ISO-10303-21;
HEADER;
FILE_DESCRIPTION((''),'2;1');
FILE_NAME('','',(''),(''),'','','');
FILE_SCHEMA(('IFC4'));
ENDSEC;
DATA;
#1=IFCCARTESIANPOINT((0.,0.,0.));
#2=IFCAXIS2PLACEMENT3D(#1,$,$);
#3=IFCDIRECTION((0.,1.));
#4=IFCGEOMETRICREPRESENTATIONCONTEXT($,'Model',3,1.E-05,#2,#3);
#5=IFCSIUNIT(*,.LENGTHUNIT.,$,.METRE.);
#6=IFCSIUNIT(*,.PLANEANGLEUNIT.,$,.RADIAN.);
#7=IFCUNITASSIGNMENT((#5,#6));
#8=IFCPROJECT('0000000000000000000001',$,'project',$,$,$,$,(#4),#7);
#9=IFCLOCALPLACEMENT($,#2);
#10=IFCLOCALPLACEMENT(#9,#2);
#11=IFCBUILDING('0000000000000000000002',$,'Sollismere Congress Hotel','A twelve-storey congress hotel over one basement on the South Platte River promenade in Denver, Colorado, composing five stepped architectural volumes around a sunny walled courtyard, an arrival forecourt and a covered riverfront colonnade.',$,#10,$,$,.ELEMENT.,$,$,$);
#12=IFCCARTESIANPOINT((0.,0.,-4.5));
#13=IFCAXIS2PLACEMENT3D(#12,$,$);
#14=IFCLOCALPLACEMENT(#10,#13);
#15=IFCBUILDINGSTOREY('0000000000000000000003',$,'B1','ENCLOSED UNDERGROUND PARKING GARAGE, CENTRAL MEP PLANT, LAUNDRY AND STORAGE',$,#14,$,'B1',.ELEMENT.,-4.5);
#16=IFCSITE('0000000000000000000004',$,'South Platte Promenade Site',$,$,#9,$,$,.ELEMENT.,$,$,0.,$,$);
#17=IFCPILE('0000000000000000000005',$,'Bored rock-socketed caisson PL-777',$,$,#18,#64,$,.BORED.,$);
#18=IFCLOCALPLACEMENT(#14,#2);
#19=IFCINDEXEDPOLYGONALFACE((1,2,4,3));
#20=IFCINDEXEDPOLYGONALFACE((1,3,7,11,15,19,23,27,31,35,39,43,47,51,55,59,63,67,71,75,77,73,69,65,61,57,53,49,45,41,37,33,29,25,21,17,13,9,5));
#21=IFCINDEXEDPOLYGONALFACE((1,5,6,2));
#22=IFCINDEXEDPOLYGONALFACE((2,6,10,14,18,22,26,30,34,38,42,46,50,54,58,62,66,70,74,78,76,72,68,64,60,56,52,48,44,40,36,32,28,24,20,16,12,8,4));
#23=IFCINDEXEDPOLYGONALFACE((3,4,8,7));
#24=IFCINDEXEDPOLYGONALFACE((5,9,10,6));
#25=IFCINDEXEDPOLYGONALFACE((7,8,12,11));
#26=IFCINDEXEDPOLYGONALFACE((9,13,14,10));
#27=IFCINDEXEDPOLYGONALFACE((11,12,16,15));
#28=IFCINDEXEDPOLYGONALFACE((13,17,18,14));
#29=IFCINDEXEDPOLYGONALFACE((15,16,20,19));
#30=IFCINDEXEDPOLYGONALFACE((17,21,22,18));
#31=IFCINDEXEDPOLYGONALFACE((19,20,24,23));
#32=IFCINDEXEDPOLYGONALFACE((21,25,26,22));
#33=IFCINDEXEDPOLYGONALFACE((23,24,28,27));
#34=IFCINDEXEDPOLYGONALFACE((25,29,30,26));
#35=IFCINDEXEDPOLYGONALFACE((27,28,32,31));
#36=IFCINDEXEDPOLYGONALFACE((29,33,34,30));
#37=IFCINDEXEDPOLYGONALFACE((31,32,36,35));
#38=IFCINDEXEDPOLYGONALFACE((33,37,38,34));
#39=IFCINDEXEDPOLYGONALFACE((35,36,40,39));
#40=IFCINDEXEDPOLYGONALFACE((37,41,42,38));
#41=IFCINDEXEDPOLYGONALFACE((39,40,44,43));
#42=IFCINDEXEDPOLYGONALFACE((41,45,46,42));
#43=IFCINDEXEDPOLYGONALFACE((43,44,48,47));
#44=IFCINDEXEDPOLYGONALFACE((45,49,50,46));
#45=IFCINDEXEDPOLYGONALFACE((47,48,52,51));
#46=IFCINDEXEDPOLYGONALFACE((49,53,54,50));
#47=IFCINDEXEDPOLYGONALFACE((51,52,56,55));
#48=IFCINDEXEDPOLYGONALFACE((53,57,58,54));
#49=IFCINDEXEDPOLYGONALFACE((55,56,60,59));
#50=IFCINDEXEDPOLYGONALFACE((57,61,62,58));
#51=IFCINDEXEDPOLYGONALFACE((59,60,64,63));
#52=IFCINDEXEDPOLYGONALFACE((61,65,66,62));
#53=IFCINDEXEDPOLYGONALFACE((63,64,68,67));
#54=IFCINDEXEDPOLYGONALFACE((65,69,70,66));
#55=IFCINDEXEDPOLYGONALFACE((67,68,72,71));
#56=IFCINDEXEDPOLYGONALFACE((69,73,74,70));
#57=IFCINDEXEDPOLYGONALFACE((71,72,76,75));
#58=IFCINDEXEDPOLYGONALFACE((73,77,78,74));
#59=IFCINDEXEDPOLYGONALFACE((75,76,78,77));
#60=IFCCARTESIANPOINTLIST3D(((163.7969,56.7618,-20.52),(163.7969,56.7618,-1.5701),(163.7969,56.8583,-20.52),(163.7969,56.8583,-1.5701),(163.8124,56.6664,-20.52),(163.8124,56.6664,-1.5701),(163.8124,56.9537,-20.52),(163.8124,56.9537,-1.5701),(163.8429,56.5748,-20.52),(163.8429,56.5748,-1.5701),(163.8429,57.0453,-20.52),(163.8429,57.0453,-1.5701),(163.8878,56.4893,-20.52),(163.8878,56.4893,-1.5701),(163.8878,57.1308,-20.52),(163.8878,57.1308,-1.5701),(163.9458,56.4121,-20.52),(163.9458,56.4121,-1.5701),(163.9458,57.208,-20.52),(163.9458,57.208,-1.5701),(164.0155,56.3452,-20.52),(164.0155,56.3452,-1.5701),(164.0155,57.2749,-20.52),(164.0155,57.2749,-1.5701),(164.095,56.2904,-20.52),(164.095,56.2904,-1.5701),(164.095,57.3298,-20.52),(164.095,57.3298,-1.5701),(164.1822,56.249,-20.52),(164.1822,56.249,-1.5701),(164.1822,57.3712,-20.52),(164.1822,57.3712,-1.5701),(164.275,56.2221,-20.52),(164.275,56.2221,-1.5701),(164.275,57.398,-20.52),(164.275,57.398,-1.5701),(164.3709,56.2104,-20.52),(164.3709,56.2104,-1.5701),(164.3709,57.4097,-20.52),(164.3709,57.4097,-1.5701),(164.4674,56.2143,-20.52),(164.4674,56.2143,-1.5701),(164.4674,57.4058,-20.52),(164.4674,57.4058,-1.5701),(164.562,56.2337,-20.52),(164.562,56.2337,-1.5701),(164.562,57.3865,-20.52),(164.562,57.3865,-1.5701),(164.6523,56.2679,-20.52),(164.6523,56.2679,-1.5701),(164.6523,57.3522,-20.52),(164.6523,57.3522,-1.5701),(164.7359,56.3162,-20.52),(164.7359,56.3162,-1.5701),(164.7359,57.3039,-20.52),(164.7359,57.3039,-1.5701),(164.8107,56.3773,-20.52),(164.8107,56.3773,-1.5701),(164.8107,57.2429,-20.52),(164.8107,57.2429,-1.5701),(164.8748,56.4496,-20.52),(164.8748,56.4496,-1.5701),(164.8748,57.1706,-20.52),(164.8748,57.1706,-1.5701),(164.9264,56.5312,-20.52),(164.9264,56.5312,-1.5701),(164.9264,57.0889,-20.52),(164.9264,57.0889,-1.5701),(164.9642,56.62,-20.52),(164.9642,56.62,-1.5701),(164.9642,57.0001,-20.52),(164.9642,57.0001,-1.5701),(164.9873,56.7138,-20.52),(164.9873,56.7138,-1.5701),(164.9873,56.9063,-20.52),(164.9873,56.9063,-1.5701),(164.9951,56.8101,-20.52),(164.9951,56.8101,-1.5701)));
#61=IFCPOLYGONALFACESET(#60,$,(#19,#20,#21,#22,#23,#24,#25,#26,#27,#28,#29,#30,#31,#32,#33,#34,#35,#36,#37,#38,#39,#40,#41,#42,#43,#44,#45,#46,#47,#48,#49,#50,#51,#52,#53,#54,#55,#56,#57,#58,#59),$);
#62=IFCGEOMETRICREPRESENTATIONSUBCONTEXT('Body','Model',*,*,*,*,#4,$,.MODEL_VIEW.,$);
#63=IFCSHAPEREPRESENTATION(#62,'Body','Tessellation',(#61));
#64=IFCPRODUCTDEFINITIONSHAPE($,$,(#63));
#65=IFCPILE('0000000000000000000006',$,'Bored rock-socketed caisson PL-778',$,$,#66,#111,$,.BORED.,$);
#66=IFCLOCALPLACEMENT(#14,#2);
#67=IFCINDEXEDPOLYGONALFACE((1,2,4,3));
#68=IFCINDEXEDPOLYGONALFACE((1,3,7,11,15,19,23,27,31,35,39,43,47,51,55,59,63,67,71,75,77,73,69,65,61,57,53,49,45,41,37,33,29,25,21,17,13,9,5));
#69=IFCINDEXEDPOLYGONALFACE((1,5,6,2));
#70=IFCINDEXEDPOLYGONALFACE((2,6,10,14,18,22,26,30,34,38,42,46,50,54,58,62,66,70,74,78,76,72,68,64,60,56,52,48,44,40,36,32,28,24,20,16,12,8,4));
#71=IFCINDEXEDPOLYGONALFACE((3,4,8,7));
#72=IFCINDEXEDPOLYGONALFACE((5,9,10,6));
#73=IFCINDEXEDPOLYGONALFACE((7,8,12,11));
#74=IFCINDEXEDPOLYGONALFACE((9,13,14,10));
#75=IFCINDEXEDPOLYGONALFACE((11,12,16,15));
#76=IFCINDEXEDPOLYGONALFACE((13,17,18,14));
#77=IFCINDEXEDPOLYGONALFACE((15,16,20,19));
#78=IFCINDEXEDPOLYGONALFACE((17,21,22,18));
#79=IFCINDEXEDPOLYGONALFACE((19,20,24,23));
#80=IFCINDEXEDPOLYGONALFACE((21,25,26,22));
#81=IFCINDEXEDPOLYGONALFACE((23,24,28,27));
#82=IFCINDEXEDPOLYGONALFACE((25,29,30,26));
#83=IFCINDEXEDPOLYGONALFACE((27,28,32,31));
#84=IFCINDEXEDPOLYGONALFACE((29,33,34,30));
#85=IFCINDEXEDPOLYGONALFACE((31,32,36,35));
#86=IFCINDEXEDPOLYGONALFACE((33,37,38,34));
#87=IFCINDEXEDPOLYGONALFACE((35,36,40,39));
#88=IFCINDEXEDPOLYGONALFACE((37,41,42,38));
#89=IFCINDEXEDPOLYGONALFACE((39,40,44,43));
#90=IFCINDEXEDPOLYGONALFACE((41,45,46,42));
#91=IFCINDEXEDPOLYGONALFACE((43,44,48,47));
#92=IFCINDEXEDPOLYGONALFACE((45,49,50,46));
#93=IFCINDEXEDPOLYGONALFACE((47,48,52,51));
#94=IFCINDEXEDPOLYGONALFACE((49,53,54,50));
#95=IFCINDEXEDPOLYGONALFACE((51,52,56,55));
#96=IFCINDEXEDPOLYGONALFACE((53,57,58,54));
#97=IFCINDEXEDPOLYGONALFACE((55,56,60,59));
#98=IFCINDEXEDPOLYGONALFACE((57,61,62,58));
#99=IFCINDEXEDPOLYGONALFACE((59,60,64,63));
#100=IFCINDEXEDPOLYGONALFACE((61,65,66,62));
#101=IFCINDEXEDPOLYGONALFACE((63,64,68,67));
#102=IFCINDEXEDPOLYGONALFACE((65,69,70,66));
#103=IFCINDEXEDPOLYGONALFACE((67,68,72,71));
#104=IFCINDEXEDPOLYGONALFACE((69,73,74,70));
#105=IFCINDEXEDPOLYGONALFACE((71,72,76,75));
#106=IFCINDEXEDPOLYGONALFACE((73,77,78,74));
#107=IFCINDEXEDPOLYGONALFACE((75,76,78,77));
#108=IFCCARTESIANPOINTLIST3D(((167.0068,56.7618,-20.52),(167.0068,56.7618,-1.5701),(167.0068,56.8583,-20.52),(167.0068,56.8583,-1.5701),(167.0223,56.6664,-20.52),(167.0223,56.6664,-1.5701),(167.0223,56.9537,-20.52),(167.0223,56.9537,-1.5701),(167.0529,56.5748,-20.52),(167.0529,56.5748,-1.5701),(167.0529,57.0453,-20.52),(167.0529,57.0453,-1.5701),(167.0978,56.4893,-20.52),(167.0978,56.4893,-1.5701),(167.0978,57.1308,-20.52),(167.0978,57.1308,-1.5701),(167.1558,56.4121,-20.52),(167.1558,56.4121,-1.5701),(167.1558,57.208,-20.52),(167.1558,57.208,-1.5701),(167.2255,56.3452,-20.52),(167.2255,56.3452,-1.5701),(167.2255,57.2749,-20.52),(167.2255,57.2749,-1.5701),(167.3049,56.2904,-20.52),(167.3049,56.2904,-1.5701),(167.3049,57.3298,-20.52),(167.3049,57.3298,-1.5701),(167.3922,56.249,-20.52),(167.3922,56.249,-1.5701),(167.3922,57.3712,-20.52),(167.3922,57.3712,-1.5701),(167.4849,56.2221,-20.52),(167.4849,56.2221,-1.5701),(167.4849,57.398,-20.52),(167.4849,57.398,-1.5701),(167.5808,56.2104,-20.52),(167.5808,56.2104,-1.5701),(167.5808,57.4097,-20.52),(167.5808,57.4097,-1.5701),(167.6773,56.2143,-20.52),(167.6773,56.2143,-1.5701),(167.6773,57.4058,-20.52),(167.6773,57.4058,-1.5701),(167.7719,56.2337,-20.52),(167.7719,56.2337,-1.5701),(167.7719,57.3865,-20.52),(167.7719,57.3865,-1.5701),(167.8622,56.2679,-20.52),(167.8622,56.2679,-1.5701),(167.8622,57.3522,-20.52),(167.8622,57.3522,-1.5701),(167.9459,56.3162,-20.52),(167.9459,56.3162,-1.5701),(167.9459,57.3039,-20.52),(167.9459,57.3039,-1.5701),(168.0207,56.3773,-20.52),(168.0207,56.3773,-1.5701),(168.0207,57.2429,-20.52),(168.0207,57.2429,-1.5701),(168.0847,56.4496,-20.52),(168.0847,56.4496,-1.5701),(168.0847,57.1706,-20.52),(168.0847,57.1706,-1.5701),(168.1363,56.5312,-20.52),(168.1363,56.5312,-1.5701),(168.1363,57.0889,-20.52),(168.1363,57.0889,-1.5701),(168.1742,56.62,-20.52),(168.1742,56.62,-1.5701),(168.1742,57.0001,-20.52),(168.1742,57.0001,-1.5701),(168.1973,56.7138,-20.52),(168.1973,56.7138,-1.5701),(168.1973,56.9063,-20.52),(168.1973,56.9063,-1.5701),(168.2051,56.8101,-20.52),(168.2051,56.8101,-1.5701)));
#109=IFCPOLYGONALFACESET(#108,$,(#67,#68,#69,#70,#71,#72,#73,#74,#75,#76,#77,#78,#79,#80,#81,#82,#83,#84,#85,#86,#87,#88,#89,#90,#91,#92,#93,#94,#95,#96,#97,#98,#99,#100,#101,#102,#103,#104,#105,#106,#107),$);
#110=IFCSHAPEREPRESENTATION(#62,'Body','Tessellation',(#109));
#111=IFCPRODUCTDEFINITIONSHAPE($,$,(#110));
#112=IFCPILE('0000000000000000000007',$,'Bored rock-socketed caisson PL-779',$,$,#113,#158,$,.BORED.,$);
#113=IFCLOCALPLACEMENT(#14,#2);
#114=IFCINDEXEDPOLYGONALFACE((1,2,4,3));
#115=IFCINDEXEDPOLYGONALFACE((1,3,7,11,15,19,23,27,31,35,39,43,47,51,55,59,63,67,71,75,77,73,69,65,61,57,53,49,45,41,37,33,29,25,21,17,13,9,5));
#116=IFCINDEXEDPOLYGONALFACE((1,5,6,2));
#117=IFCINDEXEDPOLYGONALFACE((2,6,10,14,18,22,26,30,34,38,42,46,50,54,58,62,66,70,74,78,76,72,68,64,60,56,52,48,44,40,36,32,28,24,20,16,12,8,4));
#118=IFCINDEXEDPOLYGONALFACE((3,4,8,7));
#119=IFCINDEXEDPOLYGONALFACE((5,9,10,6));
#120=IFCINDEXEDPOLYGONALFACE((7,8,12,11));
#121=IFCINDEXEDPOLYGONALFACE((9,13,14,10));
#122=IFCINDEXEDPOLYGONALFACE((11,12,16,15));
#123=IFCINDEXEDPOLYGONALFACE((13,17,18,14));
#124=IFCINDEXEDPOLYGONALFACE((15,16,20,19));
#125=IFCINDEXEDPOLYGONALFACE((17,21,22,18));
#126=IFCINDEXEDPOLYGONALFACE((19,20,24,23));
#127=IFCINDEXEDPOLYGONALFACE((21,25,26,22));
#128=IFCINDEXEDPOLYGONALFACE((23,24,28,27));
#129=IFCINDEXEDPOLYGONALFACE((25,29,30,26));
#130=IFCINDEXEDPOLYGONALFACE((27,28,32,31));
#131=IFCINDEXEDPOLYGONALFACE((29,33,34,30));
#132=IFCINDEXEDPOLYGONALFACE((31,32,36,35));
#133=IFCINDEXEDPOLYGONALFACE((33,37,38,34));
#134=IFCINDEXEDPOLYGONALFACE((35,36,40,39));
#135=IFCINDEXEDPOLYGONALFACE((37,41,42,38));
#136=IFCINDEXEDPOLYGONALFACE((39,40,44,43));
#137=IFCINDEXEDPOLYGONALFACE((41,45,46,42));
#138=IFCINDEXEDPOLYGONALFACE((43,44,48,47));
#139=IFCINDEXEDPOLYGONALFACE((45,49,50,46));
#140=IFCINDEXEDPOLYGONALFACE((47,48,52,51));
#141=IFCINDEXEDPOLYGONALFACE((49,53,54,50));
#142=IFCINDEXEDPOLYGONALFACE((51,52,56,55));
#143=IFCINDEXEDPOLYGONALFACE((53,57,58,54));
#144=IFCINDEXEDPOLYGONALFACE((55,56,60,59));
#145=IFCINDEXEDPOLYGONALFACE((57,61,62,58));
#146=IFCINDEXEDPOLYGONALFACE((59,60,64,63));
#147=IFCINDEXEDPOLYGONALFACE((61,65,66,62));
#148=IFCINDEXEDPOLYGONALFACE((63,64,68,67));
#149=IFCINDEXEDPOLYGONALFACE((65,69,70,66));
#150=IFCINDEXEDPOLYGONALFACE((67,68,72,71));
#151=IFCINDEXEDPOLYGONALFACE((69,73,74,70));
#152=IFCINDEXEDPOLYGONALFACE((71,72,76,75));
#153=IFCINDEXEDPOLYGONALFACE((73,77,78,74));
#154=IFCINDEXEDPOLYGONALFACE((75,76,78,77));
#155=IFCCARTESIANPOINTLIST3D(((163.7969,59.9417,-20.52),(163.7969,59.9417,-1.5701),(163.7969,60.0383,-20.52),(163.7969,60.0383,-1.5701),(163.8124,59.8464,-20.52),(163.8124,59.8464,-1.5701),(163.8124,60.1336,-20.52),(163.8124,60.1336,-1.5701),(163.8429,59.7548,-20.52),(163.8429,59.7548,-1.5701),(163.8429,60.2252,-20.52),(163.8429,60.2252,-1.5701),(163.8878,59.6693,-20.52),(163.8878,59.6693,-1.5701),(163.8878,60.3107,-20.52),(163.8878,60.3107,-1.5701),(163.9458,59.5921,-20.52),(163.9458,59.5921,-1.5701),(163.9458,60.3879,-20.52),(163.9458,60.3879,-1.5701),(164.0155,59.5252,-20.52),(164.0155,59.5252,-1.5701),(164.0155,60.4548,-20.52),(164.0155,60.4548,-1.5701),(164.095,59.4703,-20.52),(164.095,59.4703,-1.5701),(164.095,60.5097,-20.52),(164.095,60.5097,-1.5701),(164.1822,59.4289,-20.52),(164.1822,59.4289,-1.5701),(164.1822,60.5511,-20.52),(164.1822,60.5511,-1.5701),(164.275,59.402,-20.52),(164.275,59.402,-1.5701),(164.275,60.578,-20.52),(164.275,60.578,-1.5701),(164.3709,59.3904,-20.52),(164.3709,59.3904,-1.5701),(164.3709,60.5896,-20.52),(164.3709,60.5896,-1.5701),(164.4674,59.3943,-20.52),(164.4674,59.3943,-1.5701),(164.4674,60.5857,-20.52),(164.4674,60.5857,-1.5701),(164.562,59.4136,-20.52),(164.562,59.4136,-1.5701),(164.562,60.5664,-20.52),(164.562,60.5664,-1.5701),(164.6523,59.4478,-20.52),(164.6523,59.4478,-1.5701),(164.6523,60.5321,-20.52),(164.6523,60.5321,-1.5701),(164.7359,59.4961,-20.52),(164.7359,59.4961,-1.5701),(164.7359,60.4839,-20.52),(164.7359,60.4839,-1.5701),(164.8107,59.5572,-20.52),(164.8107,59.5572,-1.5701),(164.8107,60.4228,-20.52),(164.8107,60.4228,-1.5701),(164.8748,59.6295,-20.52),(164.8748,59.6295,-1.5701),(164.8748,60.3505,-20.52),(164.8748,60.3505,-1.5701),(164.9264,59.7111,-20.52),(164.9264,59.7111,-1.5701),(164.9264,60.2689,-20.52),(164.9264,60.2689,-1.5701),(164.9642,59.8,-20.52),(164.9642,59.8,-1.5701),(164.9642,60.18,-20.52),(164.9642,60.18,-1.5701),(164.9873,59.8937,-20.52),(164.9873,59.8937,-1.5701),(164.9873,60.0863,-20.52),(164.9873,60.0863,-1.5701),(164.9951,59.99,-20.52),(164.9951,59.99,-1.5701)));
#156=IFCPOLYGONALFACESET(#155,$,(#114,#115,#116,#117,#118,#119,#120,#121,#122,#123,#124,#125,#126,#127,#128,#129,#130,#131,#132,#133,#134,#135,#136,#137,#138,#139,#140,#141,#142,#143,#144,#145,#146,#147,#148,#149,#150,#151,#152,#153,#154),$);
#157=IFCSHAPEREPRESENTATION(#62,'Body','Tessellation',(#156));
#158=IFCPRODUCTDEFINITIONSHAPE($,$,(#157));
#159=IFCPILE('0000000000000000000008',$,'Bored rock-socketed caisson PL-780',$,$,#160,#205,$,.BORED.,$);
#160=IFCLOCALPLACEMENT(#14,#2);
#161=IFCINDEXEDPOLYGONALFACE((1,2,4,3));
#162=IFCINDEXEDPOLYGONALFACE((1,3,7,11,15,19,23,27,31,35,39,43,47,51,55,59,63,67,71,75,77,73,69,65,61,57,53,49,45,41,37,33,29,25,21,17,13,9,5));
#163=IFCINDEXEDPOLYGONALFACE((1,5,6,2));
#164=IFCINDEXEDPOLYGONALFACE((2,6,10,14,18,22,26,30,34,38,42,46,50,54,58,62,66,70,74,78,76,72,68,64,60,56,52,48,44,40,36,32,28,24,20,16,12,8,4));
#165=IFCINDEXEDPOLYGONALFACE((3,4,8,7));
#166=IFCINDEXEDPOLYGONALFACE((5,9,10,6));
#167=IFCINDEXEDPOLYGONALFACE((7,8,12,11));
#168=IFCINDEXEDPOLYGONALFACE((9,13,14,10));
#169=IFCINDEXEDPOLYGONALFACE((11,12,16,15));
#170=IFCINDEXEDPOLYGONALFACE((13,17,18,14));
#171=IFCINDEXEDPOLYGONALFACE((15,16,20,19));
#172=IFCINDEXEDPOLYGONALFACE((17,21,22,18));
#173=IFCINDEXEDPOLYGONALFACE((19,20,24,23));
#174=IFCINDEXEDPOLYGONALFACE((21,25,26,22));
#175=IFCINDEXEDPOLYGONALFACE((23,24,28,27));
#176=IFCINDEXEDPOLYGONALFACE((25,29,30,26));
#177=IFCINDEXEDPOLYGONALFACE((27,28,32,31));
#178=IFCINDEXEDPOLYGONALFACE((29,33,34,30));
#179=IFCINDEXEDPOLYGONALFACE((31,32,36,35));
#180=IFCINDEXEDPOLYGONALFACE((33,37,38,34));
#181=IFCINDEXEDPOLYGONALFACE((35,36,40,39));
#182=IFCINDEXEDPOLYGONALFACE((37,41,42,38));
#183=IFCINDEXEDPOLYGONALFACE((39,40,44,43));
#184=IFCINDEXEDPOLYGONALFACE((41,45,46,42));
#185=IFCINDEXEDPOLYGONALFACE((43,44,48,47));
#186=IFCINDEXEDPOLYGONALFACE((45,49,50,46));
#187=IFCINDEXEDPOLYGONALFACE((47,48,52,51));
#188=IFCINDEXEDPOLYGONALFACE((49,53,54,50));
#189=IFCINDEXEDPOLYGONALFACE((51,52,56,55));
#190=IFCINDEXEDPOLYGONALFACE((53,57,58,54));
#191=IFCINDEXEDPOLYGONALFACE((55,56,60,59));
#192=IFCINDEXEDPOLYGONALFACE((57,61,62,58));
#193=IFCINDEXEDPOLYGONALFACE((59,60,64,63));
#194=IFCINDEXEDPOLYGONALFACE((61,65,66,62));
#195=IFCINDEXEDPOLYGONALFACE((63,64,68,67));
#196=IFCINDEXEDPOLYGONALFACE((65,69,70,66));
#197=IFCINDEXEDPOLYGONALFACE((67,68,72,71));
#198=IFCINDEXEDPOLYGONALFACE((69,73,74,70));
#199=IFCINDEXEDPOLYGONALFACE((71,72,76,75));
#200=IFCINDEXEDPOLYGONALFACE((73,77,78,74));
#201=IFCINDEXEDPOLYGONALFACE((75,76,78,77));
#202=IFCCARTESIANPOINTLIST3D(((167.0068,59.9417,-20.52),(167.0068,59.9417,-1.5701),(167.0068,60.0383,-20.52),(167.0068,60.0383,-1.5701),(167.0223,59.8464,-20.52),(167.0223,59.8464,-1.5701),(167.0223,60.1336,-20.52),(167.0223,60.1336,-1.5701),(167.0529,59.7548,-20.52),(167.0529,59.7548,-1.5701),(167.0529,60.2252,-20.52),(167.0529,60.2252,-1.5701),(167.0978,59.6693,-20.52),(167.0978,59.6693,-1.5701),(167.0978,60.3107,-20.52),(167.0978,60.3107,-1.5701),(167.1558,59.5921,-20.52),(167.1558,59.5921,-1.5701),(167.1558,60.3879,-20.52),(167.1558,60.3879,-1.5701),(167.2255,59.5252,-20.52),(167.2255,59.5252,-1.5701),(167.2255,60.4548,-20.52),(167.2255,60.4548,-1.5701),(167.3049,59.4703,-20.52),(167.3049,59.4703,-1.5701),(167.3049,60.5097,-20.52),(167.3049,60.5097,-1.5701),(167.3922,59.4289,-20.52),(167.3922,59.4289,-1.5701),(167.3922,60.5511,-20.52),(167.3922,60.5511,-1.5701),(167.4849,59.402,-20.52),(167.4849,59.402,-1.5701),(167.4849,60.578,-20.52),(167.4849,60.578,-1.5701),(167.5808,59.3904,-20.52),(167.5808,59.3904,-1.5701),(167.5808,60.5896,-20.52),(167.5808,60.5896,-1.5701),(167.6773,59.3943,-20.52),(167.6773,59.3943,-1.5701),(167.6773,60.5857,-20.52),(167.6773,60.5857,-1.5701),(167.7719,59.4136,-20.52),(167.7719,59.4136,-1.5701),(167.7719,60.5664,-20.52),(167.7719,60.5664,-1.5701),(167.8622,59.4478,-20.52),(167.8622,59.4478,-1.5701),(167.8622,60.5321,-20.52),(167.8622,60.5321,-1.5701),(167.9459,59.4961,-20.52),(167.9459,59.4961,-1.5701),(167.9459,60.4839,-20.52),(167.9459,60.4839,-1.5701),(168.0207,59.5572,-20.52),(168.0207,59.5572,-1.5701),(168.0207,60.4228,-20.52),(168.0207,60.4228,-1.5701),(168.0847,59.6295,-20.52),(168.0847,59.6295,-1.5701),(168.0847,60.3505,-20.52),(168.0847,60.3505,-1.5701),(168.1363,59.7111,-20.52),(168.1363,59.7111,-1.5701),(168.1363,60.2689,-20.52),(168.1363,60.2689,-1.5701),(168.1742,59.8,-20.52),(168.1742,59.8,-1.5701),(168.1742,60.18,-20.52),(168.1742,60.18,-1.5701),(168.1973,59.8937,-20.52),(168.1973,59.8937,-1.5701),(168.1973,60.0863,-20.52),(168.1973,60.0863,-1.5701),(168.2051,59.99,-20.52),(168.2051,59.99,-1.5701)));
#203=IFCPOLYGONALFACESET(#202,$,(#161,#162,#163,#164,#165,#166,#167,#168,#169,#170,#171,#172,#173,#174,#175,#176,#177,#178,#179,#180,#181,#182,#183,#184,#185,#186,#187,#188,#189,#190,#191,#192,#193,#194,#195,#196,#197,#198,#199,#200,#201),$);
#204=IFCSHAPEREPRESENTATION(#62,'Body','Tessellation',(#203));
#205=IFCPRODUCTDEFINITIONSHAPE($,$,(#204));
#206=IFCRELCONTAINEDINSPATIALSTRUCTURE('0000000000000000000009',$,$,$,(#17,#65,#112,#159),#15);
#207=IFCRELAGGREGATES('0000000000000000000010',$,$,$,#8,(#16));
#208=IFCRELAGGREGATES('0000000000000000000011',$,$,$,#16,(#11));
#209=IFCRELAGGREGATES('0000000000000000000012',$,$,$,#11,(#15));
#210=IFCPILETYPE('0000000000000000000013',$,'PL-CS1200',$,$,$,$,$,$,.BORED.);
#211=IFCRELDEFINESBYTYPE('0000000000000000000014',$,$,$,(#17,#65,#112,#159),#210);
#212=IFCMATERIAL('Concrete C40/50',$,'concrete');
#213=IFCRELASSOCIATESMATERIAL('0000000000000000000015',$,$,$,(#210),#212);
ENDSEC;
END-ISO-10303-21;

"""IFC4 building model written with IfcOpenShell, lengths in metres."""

from ifc_helpers import new_model, si_unit, direction, frame, origin, origin_2d, place, context, subcontext, project, spatial, circle, extrude, material, material_profile, profile_set, type_object, element, save


model = new_model("IFC4")

# Units and contexts
model_context = context("Model", 3, precision=1e-05, world=origin(), true_north=direction((0.0, 1.0)))
body_context = subcontext(model_context, "Body", "Model", "MODEL_VIEW")
ifc_project = project(units=[si_unit("LENGTHUNIT", "METRE"), si_unit("PLANEANGLEUNIT", "RADIAN")], contexts=[model_context])

# Site, building, storey
site_placement = place(None, origin())
site = spatial("IfcSite", under=ifc_project, at=site_placement, Name="South Platte Promenade Site", CompositionType="ELEMENT", RefElevation=0.0)
building_placement = place(site_placement, origin())
building = spatial("IfcBuilding", under=site, at=building_placement, Name="Sollismere Congress Hotel", Description="A twelve-storey congress hotel over one basement on the South Platte River promenade in Denver, Colorado, composing five stepped architectural volumes around a sunny walled courtyard, an arrival forecourt and a covered riverfront colonnade.", CompositionType="ELEMENT")
storey_placement = place(building_placement, frame((0.0, 0.0, -4.5)))
storey = spatial("IfcBuildingStorey", under=building, at=storey_placement, Name="B1", Description="ENCLOSED UNDERGROUND PARKING GARAGE, CENTRAL MEP PLANT, LAUNDRY AND STORAGE", LongName="B1", CompositionType="ELEMENT", Elevation=-4.5)

# Shared definitions
ifc_material_1 = material(Name="Concrete C40/50", Category="concrete")

# Piles
ifc_material_profile_1 = material_profile(ifc_material_1, circle(Radius=0.6001, at=origin_2d()), Name="CAISSON1200")
ifc_profile_set_1 = profile_set([ifc_material_profile_1], Name="Concrete C40/50")
pile_type = type_object("IfcPileType", Name="PL-CS1200", PredefinedType="BORED", material=ifc_profile_set_1)
for number, where, z_axis, x_axis, name in (
    (1, (164.395, 56.8101, -1.5701), (0.0, 0.0, -1.0), (1.0, 0.0, 0.0), "Bored rock-socketed caisson PL-777"),
    (2, (167.605, 56.8101, -1.5701), (0.0, 0.0, -1.0), (1.0, 0.0, 0.0), "Bored rock-socketed caisson PL-778"),
    (3, (164.395, 59.99, -1.5701), (0.0, 0.0, -1.0), (1.0, 0.0, 0.0), "Bored rock-socketed caisson PL-779"),
    (4, (167.605, 59.99, -1.5701), (0.0, 0.0, -1.0), (1.0, 0.0, 0.0), "Bored rock-socketed caisson PL-780"),
):
    element("IfcPile", number, at=place(storey_placement, frame(where, z_axis=z_axis, x_axis=x_axis)), inside=storey, type_object=pile_type, Name=name, PredefinedType="BORED", context=body_context, shape_type="SweptSolid", body=[
        extrude(circle(Radius=0.6001, at=origin_2d()), origin(), (0.0, 0.0, 1.0), 18.95),
    ])

save(model, "model.ifc")
